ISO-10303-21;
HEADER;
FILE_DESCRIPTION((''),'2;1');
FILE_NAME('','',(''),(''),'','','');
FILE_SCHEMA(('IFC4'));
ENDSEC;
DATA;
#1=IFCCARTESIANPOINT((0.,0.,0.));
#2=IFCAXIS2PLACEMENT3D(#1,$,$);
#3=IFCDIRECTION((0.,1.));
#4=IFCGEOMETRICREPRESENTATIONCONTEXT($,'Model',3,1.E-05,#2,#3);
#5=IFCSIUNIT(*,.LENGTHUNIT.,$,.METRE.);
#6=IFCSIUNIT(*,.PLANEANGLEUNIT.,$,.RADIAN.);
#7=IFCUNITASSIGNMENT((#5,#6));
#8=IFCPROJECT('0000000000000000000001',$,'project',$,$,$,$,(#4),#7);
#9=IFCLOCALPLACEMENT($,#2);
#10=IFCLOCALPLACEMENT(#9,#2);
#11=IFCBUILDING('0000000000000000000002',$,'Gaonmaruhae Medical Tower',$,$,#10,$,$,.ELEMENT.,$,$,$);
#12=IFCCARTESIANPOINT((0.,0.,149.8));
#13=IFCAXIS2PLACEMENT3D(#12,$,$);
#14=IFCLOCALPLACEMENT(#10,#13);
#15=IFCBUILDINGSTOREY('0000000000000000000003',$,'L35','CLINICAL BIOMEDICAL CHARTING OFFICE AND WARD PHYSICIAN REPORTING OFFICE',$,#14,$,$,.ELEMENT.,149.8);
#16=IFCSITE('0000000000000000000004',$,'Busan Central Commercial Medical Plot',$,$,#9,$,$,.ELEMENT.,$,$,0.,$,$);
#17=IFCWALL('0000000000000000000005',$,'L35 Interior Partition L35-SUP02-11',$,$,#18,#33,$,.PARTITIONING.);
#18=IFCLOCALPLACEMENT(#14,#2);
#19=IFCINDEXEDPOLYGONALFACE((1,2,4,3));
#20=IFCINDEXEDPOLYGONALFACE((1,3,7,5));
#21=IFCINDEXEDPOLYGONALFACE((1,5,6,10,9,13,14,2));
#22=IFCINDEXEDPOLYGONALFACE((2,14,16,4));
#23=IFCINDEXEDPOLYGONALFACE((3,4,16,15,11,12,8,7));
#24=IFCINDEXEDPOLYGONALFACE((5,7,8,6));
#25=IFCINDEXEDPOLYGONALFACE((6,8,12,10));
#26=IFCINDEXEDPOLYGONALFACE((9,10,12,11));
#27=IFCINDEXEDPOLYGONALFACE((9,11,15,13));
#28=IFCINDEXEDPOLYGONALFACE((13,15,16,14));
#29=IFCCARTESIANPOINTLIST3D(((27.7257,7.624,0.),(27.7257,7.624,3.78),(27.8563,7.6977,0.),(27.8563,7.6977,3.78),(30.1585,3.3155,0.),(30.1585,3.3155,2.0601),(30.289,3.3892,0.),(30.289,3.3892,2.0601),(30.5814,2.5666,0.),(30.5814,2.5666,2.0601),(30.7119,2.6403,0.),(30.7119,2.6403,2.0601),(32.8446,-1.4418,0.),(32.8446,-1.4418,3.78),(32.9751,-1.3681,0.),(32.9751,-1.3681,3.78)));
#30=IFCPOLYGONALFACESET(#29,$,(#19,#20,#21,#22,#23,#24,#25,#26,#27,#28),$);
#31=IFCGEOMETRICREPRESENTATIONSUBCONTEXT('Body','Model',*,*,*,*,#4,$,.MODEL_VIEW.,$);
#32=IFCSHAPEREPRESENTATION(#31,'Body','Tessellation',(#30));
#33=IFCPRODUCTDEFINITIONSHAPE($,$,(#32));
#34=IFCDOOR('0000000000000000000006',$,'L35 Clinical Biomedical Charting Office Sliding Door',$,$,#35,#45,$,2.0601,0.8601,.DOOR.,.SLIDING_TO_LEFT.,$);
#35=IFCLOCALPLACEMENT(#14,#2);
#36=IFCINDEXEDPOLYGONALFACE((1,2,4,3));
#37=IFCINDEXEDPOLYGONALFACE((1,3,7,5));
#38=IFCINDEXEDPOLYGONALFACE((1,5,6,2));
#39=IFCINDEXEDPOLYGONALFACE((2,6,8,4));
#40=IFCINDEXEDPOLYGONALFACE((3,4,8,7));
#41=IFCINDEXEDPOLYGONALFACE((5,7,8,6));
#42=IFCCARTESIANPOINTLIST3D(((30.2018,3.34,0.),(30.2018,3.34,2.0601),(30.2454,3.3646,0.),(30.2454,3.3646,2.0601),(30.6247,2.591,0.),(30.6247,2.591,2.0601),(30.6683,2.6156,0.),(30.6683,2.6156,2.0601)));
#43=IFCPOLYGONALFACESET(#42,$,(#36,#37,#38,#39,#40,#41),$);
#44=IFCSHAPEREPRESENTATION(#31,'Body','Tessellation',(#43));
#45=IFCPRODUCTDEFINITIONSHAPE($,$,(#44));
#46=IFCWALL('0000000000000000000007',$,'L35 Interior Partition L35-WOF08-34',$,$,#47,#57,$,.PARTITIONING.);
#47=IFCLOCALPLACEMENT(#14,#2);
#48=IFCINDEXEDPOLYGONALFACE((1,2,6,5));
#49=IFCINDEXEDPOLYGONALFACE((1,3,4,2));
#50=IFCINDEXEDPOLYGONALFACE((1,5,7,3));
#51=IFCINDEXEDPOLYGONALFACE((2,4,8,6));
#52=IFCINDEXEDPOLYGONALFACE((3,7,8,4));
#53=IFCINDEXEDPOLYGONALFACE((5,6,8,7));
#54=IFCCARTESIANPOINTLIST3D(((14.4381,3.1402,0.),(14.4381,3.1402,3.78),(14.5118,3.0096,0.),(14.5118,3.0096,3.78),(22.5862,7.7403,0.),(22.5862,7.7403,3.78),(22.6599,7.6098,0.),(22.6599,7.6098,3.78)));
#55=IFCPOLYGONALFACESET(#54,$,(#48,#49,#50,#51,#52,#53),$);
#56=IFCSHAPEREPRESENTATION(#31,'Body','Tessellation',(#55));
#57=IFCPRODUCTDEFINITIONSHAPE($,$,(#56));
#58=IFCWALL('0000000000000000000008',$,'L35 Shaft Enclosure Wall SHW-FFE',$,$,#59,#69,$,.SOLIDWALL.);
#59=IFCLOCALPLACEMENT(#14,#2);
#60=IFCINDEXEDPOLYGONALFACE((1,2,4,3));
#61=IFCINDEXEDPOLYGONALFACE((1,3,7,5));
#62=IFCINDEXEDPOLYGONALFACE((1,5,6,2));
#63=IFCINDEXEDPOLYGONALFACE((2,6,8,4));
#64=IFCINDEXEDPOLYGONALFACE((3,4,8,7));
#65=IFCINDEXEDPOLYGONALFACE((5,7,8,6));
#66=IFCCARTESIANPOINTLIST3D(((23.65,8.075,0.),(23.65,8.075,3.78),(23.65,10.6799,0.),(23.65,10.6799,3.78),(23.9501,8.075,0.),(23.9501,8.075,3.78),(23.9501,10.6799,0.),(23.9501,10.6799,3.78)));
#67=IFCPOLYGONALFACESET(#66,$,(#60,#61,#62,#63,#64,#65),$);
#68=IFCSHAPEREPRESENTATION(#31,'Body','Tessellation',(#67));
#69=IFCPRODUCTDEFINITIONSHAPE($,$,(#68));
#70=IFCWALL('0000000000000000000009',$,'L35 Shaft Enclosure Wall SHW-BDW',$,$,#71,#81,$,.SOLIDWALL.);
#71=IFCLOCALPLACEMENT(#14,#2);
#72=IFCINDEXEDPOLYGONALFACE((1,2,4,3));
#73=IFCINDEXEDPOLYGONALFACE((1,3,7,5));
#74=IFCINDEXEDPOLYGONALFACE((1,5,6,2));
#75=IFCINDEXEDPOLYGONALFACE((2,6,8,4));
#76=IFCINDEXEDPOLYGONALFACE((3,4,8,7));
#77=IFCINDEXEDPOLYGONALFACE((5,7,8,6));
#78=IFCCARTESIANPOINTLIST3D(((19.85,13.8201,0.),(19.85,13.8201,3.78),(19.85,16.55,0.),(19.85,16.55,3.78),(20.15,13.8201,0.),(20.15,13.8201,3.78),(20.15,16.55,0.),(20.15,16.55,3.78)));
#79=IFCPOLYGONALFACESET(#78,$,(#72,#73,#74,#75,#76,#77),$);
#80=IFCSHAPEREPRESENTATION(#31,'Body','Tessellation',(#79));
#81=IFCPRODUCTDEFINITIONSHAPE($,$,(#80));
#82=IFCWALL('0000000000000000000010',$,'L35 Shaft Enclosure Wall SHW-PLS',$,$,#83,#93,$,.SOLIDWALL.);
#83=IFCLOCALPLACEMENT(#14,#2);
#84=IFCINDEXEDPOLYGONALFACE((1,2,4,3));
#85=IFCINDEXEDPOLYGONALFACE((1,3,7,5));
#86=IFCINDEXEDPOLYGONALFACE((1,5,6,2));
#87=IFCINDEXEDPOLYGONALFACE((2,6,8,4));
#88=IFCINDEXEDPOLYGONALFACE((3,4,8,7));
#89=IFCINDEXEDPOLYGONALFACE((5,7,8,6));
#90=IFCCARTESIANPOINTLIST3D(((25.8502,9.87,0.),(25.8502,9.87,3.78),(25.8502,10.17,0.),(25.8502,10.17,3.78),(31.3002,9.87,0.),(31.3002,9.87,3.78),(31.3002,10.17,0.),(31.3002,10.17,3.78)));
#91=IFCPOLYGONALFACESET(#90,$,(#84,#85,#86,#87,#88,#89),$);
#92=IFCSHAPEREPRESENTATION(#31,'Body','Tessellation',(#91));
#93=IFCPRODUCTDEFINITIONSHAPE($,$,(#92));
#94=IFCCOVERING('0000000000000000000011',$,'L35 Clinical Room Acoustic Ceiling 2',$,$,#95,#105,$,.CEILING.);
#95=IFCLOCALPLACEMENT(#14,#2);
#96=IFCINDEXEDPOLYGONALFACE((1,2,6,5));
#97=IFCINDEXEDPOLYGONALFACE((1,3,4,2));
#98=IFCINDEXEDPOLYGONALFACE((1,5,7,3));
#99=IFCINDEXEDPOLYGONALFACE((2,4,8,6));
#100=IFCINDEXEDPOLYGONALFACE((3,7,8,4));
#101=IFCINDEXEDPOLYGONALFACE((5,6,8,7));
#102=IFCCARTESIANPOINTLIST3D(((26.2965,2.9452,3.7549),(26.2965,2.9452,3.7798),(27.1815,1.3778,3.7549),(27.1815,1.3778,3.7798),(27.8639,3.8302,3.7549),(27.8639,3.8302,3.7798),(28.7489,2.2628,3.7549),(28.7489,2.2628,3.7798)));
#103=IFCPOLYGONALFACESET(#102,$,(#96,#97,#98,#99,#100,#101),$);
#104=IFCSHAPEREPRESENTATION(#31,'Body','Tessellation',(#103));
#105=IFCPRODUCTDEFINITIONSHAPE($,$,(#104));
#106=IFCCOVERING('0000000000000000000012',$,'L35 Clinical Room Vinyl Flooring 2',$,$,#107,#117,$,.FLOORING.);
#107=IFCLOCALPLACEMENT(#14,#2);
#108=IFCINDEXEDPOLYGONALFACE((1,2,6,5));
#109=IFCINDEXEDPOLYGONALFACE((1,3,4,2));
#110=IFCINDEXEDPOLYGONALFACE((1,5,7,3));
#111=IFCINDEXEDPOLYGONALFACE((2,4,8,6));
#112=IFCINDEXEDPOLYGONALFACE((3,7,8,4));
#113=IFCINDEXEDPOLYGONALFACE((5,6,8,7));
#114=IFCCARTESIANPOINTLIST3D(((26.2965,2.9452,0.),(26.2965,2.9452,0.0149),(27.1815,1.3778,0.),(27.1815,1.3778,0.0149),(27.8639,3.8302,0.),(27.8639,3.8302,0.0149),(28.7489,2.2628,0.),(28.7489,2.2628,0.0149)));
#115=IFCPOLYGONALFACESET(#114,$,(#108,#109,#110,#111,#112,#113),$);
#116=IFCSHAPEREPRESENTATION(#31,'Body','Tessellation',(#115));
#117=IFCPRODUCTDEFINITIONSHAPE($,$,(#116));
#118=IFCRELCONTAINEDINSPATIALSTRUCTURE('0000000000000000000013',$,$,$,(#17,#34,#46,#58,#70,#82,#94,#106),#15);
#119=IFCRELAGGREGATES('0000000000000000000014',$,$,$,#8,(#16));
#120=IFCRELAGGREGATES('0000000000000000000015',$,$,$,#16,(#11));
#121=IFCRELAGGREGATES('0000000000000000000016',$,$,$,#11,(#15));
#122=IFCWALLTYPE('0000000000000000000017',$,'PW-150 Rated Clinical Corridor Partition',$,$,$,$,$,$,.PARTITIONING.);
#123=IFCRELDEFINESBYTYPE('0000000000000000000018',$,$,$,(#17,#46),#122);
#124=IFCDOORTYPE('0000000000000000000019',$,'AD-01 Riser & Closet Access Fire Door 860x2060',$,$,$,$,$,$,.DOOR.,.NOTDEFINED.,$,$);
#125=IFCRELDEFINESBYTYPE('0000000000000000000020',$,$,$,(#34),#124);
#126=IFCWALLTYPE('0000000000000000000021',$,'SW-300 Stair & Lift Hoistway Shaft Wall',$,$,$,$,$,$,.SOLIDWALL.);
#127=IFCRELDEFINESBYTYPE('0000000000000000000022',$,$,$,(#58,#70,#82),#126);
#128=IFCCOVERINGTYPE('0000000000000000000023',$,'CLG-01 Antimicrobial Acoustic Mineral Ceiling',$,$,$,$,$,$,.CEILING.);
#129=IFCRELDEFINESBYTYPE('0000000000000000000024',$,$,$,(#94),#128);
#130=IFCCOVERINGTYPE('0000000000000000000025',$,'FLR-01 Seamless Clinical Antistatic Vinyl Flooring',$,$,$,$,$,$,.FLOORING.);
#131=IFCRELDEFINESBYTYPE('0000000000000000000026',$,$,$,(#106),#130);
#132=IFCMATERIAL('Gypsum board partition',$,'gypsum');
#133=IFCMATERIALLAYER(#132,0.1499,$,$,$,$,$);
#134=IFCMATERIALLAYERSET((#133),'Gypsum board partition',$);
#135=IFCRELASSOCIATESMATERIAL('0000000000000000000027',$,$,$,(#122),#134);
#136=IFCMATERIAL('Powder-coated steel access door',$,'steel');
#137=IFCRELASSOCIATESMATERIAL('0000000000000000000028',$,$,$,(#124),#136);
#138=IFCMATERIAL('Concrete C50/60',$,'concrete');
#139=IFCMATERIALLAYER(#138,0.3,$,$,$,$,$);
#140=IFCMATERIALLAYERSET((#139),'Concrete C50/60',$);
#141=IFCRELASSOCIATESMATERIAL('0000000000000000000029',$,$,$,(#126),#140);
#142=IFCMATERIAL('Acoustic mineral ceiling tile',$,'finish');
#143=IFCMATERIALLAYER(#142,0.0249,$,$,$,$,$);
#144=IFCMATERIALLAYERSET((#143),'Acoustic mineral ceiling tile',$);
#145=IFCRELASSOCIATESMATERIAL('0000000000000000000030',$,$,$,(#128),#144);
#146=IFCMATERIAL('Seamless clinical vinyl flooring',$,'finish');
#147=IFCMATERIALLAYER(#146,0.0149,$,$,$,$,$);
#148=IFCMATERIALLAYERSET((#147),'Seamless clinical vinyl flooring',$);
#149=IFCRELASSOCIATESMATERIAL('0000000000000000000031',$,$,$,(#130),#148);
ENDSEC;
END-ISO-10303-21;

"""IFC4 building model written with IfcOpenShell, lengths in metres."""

from ifc_helpers import new_model, si_unit, direction, frame, frame_2d, origin, origin_2d, place, context, subcontext, project, spatial, rectangle, extrude, material, layer, layer_set, type_object, element, fill, save


model = new_model("IFC4")

# Units and contexts
model_context = context("Model", 3, precision=1e-05, world=origin(), true_north=direction((0.0, 1.0)))
body_context = subcontext(model_context, "Body", "Model", "MODEL_VIEW")
ifc_project = project(units=[si_unit("LENGTHUNIT", "METRE"), si_unit("PLANEANGLEUNIT", "RADIAN")], contexts=[model_context])

# Site, building, storey
site_placement = place(None, origin())
site = spatial("IfcSite", under=ifc_project, at=site_placement, Name="Busan Central Commercial Medical Plot", CompositionType="ELEMENT", RefElevation=0.0)
building_placement = place(site_placement, origin())
building = spatial("IfcBuilding", under=site, at=building_placement, Name="Gaonmaruhae Medical Tower", CompositionType="ELEMENT")
storey_placement = place(building_placement, frame((0.0, 0.0, 149.8)))
storey = spatial("IfcBuildingStorey", under=building, at=storey_placement, Name="L35", Description="CLINICAL BIOMEDICAL CHARTING OFFICE AND WARD PHYSICIAN REPORTING OFFICE", CompositionType="ELEMENT", Elevation=149.8)

# Shared definitions
ifc_material_1 = material(Name="Concrete C50/60", Category="concrete")

# Shared definitions
ifc_material_2 = material(Name="Gypsum board partition", Category="gypsum")
ifc_layer_1 = layer(ifc_material_2, 0.1499)
ifc_layer_set_1 = layer_set([ifc_layer_1], Name="Gypsum board partition")
wall_type_1 = type_object("IfcWallType", Name="PW-150 Rated Clinical Corridor Partition", PredefinedType="PARTITIONING", material=ifc_layer_set_1)

# Wall, opening, door
wall_1_placement = place(storey_placement, frame((27.791, 7.6609, 0.0), z_axis=(0.0, 0.0, 1.0), x_axis=(0.49167, -0.870782, 0.0)))
wall_1 = element("IfcWall", 1, at=wall_1_placement, inside=storey, type_object=wall_type_1, Name="L35 Interior Partition L35-SUP02-11", PredefinedType="PARTITIONING", context=body_context, shape_type="SweptSolid", body=[
    extrude(rectangle(XDim=10.4111, YDim=0.1499, at=frame_2d((5.2056, 0.0))), origin(), (0.0, 0.0, 1.0), 3.78),
])
opening_1_placement = place(wall_1_placement, frame((4.9478, 0.0, 0.0)))
opening_1 = element("IfcOpeningElement", 2, at=opening_1_placement, cuts=wall_1, PredefinedType="OPENING", context=body_context, shape_type="SweptSolid", body=[
    extrude(rectangle(XDim=0.8601, YDim=2.0601, at=frame_2d((0.4302, 1.03))), frame((0.0, 0.085, 0.0), z_axis=(0.0, -1.0, 0.0), x_axis=(1.0, 0.0, 0.0)), (0.0, 0.0, 1.0), 0.1699),
])
ifc_material_3 = material(Name="Powder-coated steel access door", Category="steel")
door_type_1 = type_object("IfcDoorType", Name="AD-01 Riser & Closet Access Fire Door 860x2060", OperationType="NOTDEFINED", PredefinedType="DOOR", material=ifc_material_3)
door_1_placement = place(opening_1_placement, origin())
door_1 = element("IfcDoor", 3, at=door_1_placement, inside=storey, type_object=door_type_1, Name="L35 Clinical Biomedical Charting Office Sliding Door", OperationType="SLIDING_TO_LEFT", OverallHeight=2.0601, OverallWidth=0.8601, PredefinedType="DOOR", context=body_context, shape_type="SweptSolid", body=[
    extrude(rectangle(XDim=0.8601, YDim=2.0601, at=frame_2d((0.4302, 1.03))), frame((0.0, 0.0249, 0.0), z_axis=(0.0, -1.0, 0.0), x_axis=(1.0, 0.0, 0.0)), (0.0, 0.0, 1.0), 0.05),
])
fill(opening_1, door_1)

# Wall
wall_2_placement = place(storey_placement, frame((22.623, 7.675, 0.0), z_axis=(0.0, 0.0, 1.0), x_axis=(-0.870804, -0.491631, 0.0)))
element("IfcWall", 4, at=wall_2_placement, inside=storey, type_object=wall_type_1, Name="L35 Interior Partition L35-WOF08-34", PredefinedType="PARTITIONING", context=body_context, shape_type="SweptSolid", body=[
    extrude(rectangle(XDim=9.3569, YDim=0.1499, at=frame_2d((4.6785, 0.0))), origin(), (0.0, 0.0, 1.0), 3.78),
])

# Shared definitions
ifc_layer_2 = layer(ifc_material_1, 0.3)
ifc_layer_set_2 = layer_set([ifc_layer_2], Name="Concrete C50/60")
wall_type_2 = type_object("IfcWallType", Name="SW-300 Stair & Lift Hoistway Shaft Wall", PredefinedType="SOLIDWALL", material=ifc_layer_set_2)

# Walls
wall_3_placement = place(storey_placement, frame((23.8, 8.075, 0.0), z_axis=(0.0, 0.0, 1.0), x_axis=(0.0, 1.0, 0.0)))
element("IfcWall", 5, at=wall_3_placement, inside=storey, type_object=wall_type_2, Name="L35 Shaft Enclosure Wall SHW-FFE", PredefinedType="SOLIDWALL", context=body_context, shape_type="SweptSolid", body=[
    extrude(rectangle(XDim=2.605, YDim=0.3, at=frame_2d((1.3025, 0.0))), origin(), (0.0, 0.0, 1.0), 3.78),
])
wall_4_placement = place(storey_placement, frame((20.0, 13.8201, 0.0), z_axis=(0.0, 0.0, 1.0), x_axis=(0.0, 1.0, 0.0)))
element("IfcWall", 6, at=wall_4_placement, inside=storey, type_object=wall_type_2, Name="L35 Shaft Enclosure Wall SHW-BDW", PredefinedType="SOLIDWALL", context=body_context, shape_type="SweptSolid", body=[
    extrude(rectangle(XDim=2.73, YDim=0.3, at=frame_2d((1.365, 0.0))), origin(), (0.0, 0.0, 1.0), 3.78),
])
wall_5_placement = place(storey_placement, frame((25.8501, 10.02, 0.0), z_axis=(0.0, 0.0, 1.0), x_axis=(1.0, 0.0, 0.0)))
element("IfcWall", 7, at=wall_5_placement, inside=storey, type_object=wall_type_2, Name="L35 Shaft Enclosure Wall SHW-PLS", PredefinedType="SOLIDWALL", context=body_context, shape_type="SweptSolid", body=[
    extrude(rectangle(XDim=5.45, YDim=0.3, at=frame_2d((2.7251, 0.0))), origin(), (0.0, 0.0, 1.0), 3.78),
])

# Coverings
ifc_material_4 = material(Name="Acoustic mineral ceiling tile", Category="finish")
ifc_layer_3 = layer(ifc_material_4, 0.0249)
ifc_layer_set_3 = layer_set([ifc_layer_3], Name="Acoustic mineral ceiling tile")
covering_type_1 = type_object("IfcCoveringType", Name="CLG-01 Antimicrobial Acoustic Mineral Ceiling", PredefinedType="CEILING", material=ifc_layer_set_3)
covering_1_placement = place(storey_placement, frame((27.5227, 2.604, 3.7549), z_axis=(0.0, 0.0, 1.0), x_axis=(0.870785, 0.491664, 0.0)))
element("IfcCovering", 8, at=covering_1_placement, inside=storey, type_object=covering_type_1, Name="L35 Clinical Room Acoustic Ceiling 2", PredefinedType="CEILING", context=body_context, shape_type="SweptSolid", body=[
    extrude(rectangle(XDim=1.8, YDim=1.8, at=origin_2d()), origin(), (0.0, 0.0, 1.0), 0.0249),
])
ifc_material_5 = material(Name="Seamless clinical vinyl flooring", Category="finish")
ifc_layer_4 = layer(ifc_material_5, 0.0149)
ifc_layer_set_4 = layer_set([ifc_layer_4], Name="Seamless clinical vinyl flooring")
covering_type_2 = type_object("IfcCoveringType", Name="FLR-01 Seamless Clinical Antistatic Vinyl Flooring", PredefinedType="FLOORING", material=ifc_layer_set_4)
covering_2_placement = place(storey_placement, frame((27.5227, 2.604, 0.0), z_axis=(0.0, 0.0, 1.0), x_axis=(0.870785, 0.491664, 0.0)))
element("IfcCovering", 9, at=covering_2_placement, inside=storey, type_object=covering_type_2, Name="L35 Clinical Room Vinyl Flooring 2", PredefinedType="FLOORING", context=body_context, shape_type="SweptSolid", body=[
    extrude(rectangle(XDim=1.8, YDim=1.8, at=origin_2d()), origin(), (0.0, 0.0, 1.0), 0.0149),
])

save(model, "model.ifc")
